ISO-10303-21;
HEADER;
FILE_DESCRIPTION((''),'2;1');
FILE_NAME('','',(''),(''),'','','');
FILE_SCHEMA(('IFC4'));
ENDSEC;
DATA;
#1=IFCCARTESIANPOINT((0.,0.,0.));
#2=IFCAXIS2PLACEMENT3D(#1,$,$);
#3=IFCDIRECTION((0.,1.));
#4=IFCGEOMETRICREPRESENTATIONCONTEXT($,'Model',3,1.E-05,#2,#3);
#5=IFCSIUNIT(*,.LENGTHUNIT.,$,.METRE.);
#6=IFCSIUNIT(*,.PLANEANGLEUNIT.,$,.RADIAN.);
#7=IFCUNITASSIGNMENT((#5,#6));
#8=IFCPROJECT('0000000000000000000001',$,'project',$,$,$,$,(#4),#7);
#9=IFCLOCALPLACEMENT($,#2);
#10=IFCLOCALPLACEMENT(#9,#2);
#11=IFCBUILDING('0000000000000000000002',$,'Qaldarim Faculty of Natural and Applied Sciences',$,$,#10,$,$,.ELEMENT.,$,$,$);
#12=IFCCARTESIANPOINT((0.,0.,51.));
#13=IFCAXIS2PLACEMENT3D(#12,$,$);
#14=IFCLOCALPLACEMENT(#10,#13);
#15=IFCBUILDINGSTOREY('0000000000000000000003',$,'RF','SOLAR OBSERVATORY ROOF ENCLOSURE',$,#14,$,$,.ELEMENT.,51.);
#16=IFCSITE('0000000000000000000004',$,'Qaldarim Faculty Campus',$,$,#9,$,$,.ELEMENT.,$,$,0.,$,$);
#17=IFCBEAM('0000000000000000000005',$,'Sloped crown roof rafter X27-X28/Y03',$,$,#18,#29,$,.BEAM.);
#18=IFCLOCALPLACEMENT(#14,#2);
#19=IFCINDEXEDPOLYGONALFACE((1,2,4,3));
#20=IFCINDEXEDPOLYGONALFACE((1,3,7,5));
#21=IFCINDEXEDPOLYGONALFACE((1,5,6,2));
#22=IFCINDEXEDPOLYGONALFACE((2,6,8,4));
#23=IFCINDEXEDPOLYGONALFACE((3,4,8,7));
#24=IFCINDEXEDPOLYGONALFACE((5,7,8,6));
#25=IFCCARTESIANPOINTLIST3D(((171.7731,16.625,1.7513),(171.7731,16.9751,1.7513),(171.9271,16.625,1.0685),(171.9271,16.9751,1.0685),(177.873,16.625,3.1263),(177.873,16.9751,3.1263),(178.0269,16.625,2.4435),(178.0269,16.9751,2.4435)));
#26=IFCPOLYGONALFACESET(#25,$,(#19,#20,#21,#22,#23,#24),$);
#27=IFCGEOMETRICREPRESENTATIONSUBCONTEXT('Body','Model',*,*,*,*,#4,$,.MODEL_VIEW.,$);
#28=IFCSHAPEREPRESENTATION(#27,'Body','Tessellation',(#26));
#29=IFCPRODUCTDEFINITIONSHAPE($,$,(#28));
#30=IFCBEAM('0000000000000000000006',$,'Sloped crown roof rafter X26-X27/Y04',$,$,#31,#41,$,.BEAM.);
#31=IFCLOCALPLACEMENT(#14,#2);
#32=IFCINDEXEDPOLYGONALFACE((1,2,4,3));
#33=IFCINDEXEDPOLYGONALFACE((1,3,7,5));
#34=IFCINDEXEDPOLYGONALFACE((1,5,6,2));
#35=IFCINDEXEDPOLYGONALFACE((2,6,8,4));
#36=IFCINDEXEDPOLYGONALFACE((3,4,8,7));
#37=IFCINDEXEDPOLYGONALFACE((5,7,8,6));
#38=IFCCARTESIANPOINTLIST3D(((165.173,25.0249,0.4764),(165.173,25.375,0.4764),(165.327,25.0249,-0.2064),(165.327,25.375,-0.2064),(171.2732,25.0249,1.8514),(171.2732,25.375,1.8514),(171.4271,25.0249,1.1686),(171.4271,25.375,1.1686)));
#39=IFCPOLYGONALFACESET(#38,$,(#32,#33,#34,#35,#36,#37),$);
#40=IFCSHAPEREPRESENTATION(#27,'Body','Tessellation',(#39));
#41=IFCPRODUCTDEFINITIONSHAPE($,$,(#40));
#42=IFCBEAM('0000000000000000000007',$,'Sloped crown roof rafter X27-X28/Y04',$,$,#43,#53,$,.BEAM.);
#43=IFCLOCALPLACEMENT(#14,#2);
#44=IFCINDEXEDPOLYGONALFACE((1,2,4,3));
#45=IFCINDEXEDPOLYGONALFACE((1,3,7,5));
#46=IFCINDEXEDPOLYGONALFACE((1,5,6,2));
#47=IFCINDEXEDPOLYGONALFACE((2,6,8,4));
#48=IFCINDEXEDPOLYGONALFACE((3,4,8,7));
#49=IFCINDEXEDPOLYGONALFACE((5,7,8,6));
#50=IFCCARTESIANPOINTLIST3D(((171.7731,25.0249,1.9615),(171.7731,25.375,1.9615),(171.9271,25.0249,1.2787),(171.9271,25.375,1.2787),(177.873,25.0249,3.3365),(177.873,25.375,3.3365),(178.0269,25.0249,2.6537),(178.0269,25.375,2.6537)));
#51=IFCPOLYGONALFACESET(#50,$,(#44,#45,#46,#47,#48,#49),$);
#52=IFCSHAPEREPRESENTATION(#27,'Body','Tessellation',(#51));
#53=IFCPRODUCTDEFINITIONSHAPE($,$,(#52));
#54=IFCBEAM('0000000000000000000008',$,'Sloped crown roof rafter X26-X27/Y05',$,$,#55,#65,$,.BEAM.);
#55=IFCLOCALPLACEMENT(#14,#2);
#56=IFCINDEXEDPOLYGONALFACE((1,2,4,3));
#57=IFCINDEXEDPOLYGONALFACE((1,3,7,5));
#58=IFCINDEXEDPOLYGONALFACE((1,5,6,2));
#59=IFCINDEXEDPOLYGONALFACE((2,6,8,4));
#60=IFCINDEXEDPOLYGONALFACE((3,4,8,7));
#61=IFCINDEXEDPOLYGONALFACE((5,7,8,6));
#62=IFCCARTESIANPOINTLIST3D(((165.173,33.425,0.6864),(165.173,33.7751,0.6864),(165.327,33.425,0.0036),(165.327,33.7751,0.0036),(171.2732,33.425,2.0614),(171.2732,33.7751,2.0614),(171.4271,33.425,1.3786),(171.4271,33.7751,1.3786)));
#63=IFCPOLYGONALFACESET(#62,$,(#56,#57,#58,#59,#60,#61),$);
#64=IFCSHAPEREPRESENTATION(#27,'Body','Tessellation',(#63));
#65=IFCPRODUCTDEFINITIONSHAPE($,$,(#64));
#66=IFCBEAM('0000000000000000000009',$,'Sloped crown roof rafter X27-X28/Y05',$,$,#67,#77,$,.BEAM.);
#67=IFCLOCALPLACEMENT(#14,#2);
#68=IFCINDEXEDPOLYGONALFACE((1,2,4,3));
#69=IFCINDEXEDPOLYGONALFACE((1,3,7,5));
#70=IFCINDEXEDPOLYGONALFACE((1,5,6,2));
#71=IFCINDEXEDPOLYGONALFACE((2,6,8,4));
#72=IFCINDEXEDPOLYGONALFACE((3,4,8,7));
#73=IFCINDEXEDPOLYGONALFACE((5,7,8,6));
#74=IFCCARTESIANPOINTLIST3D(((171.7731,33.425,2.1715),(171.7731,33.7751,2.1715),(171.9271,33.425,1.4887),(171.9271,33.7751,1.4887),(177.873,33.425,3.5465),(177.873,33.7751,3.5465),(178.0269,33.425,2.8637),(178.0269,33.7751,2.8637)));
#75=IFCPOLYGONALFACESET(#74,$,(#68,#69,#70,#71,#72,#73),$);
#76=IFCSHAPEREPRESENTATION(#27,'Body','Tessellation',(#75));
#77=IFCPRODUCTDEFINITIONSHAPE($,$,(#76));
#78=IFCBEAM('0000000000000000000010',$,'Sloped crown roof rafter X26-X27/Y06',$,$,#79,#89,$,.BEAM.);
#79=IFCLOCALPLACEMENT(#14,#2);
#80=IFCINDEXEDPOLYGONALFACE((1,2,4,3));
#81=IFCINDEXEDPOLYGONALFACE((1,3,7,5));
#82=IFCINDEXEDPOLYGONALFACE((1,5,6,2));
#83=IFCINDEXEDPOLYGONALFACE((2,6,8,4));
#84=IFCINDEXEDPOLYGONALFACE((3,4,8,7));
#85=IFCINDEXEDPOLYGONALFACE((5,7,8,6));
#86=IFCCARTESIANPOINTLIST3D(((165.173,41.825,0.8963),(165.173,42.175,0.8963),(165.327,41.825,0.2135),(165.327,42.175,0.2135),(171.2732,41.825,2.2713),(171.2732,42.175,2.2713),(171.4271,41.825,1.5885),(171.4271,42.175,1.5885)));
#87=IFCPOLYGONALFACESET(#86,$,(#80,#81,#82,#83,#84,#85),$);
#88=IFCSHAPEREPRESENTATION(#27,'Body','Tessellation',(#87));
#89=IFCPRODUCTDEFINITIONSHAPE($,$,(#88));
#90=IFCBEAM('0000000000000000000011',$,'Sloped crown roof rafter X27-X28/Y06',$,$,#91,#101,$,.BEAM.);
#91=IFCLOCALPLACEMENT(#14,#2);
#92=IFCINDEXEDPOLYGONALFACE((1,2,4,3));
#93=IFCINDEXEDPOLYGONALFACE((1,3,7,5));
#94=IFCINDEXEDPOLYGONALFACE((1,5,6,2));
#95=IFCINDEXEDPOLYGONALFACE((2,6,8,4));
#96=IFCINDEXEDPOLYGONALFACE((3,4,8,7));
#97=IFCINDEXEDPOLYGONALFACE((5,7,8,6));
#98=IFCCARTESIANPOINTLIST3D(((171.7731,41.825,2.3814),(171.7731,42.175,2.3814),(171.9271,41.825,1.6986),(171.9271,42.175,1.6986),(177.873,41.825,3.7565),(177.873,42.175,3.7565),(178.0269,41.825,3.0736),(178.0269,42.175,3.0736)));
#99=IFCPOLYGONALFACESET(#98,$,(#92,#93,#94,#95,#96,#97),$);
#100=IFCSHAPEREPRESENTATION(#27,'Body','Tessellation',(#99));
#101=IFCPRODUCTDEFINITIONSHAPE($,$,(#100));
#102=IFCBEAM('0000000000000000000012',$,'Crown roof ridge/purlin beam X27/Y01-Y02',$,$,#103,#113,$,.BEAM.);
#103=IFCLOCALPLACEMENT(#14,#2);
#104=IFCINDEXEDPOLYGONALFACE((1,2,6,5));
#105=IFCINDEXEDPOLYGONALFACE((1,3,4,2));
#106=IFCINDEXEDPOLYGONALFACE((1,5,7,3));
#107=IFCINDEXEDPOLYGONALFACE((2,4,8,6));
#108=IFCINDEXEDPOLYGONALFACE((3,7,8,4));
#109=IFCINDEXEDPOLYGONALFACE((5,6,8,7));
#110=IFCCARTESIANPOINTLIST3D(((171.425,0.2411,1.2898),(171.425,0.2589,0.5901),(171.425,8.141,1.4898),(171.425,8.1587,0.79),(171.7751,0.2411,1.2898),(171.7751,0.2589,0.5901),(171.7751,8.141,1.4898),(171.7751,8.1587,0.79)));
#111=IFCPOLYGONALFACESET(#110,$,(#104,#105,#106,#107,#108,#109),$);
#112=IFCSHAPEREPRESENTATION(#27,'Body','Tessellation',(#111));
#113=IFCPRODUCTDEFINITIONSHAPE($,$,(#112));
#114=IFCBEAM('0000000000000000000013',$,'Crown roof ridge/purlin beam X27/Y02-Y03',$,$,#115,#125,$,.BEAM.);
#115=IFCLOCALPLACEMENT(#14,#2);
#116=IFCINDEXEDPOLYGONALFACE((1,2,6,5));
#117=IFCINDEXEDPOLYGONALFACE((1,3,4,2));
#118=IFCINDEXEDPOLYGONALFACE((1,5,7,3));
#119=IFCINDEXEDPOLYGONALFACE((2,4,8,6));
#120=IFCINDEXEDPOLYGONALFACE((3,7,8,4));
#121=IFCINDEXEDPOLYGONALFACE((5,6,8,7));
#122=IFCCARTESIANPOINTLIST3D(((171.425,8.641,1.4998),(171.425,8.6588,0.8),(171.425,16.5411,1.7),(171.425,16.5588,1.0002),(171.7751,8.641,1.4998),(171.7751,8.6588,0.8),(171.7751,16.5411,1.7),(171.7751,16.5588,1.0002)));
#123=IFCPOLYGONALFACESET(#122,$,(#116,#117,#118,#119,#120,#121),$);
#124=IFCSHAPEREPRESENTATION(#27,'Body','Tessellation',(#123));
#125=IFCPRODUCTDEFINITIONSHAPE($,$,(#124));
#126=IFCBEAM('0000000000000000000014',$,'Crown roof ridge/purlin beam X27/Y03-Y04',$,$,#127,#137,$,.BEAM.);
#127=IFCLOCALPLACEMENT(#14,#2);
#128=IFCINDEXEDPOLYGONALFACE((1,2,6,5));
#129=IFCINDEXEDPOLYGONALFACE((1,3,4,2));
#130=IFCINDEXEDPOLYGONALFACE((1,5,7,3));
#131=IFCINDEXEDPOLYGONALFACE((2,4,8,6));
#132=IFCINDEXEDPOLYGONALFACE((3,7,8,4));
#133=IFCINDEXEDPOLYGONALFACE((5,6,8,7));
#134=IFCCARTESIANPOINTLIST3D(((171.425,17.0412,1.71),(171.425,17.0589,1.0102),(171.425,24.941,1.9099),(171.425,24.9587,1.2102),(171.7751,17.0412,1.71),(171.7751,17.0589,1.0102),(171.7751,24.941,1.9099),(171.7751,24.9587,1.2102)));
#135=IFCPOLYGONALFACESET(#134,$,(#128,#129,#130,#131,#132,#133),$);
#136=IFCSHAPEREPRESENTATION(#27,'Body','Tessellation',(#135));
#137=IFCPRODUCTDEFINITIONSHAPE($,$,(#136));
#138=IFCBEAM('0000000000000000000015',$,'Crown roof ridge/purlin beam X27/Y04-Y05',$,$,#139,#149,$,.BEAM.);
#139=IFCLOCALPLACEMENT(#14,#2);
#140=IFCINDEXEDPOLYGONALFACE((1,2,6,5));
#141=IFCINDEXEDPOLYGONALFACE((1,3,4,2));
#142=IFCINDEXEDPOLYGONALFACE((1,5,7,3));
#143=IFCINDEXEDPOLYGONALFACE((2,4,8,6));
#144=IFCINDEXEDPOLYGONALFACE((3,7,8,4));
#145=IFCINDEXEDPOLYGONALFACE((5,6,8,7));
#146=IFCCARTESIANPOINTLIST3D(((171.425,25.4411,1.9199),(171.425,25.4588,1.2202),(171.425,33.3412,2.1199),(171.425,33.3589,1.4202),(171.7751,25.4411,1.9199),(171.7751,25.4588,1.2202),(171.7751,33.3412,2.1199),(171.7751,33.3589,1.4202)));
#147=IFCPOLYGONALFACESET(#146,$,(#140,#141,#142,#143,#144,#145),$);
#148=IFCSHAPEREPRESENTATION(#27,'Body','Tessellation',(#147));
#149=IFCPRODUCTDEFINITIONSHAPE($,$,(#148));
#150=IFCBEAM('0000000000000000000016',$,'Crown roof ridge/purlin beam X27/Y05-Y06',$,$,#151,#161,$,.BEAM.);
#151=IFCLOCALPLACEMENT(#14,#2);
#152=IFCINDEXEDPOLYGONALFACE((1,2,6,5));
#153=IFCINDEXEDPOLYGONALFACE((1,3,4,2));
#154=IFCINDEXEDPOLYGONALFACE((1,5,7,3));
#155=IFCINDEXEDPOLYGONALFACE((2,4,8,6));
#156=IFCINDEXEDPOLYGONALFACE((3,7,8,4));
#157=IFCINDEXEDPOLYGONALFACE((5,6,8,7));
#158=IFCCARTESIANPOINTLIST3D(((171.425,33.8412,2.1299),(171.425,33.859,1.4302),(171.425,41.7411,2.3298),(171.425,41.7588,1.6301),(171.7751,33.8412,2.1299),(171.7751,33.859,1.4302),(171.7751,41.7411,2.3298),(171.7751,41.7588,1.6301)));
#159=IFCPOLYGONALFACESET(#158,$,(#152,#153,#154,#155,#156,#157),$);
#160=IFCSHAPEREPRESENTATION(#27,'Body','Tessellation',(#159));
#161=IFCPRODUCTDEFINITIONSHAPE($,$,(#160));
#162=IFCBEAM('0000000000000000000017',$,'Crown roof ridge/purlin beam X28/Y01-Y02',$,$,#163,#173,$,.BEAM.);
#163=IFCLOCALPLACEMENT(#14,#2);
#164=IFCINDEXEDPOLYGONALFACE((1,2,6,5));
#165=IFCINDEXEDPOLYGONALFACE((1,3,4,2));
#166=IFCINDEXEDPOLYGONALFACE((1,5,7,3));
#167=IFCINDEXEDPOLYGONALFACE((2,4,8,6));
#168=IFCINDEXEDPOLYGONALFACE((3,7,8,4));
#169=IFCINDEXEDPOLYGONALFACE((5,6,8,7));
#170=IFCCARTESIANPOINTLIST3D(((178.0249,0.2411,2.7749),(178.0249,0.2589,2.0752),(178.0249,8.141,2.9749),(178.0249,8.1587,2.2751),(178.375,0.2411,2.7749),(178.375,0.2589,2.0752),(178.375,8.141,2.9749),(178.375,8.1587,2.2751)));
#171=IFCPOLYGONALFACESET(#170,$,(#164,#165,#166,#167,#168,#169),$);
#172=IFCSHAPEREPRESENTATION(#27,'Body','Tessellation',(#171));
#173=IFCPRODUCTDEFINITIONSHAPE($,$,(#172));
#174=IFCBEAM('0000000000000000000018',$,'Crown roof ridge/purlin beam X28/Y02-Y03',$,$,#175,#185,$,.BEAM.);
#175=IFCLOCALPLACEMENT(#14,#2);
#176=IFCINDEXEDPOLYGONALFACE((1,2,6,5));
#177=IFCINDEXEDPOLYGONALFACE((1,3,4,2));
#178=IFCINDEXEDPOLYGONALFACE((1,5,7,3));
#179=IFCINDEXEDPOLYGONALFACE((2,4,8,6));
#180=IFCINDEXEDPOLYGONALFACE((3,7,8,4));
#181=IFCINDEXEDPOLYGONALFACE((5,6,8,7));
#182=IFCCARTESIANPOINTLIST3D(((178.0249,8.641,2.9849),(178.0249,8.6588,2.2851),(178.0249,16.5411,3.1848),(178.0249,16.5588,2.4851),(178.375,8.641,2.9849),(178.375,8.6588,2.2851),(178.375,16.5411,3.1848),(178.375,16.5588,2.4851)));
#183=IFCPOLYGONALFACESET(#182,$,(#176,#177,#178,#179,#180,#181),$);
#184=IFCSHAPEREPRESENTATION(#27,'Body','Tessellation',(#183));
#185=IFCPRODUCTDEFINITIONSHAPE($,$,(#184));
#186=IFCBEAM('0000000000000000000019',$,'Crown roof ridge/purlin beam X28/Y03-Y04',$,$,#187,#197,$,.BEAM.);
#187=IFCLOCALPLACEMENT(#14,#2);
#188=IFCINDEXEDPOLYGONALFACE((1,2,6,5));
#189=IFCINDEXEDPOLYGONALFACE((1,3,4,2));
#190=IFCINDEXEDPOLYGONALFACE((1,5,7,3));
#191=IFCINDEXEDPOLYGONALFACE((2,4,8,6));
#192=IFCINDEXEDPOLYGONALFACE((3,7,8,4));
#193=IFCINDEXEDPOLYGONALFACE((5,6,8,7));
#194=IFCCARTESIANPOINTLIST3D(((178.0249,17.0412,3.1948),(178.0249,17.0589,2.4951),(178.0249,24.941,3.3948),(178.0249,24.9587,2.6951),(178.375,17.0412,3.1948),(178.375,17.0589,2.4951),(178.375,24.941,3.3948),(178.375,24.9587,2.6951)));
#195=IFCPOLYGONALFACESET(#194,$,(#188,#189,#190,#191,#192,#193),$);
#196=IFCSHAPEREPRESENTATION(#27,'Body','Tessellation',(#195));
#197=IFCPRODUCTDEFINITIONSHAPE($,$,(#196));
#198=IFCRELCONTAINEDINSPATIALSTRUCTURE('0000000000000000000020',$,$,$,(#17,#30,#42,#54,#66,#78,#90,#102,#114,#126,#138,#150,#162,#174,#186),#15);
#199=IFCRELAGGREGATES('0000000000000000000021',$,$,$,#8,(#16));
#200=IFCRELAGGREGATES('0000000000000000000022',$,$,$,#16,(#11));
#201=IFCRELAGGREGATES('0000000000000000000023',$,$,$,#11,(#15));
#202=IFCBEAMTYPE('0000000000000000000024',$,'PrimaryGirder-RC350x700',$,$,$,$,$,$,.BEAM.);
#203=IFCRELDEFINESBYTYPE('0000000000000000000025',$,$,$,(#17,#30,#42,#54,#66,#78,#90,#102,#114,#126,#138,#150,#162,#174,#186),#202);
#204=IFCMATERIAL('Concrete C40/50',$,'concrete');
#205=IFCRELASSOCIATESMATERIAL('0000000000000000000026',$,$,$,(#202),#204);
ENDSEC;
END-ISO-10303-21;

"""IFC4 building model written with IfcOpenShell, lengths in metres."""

from ifc_helpers import new_model, si_unit, direction, frame, origin, origin_2d, place, context, subcontext, project, spatial, rectangle, extrude, material, material_profile, profile_set, type_object, element, save


model = new_model("IFC4")

# Units and contexts
model_context = context("Model", 3, precision=1e-05, world=origin(), true_north=direction((0.0, 1.0)))
body_context = subcontext(model_context, "Body", "Model", "MODEL_VIEW")
ifc_project = project(units=[si_unit("LENGTHUNIT", "METRE"), si_unit("PLANEANGLEUNIT", "RADIAN")], contexts=[model_context])

# Site, building, storey
site_placement = place(None, origin())
site = spatial("IfcSite", under=ifc_project, at=site_placement, Name="Qaldarim Faculty Campus", CompositionType="ELEMENT", RefElevation=0.0)
building_placement = place(site_placement, origin())
building = spatial("IfcBuilding", under=site, at=building_placement, Name="Qaldarim Faculty of Natural and Applied Sciences", CompositionType="ELEMENT")
storey_placement = place(building_placement, frame((0.0, 0.0, 51.0)))
storey = spatial("IfcBuildingStorey", under=building, at=storey_placement, Name="RF", Description="SOLAR OBSERVATORY ROOF ENCLOSURE", CompositionType="ELEMENT", Elevation=51.0)

# Beams
ifc_material_1 = material(Name="Concrete C40/50", Category="concrete")
ifc_material_profile_1 = material_profile(ifc_material_1, rectangle(XDim=0.3501, YDim=0.7, at=origin_2d()), Name="RC-B350x700")
ifc_profile_set_1 = profile_set([ifc_material_profile_1], Name="Concrete C40/50")
beam_type = type_object("IfcBeamType", Name="PrimaryGirder-RC350x700", PredefinedType="BEAM", material=ifc_profile_set_1)
beam_1_placement = place(storey_placement, frame((171.8501, 16.8, 1.4099), z_axis=(0.975523, 0.0, 0.219898), x_axis=(0.0, 1.0, 0.0)))
element("IfcBeam", 1, at=beam_1_placement, inside=storey, type_object=beam_type, Name="Sloped crown roof rafter X27-X28/Y03", PredefinedType="BEAM", context=body_context, shape_type="SweptSolid", body=[
    extrude(rectangle(XDim=0.3501, YDim=0.7, at=origin_2d()), origin(), (0.0, 0.0, 1.0), 6.2529),
])
beam_2_placement = place(storey_placement, frame((165.25, 25.2, 0.135), z_axis=(0.975525, 0.0, 0.219889), x_axis=(0.0, 1.0, 0.0)))
element("IfcBeam", 2, at=beam_2_placement, inside=storey, type_object=beam_type, Name="Sloped crown roof rafter X26-X27/Y04", PredefinedType="BEAM", context=body_context, shape_type="SweptSolid", body=[
    extrude(rectangle(XDim=0.3501, YDim=0.7, at=origin_2d()), origin(), (0.0, 0.0, 1.0), 6.2532),
])
beam_3_placement = place(storey_placement, frame((171.8501, 25.2, 1.6201), z_axis=(0.975523, 0.0, 0.219898), x_axis=(0.0, 1.0, 0.0)))
element("IfcBeam", 3, at=beam_3_placement, inside=storey, type_object=beam_type, Name="Sloped crown roof rafter X27-X28/Y04", PredefinedType="BEAM", context=body_context, shape_type="SweptSolid", body=[
    extrude(rectangle(XDim=0.3501, YDim=0.7, at=origin_2d()), origin(), (0.0, 0.0, 1.0), 6.2529),
])
beam_4_placement = place(storey_placement, frame((165.25, 33.6001, 0.345), z_axis=(0.975525, 0.0, 0.219889), x_axis=(0.0, 1.0, 0.0)))
element("IfcBeam", 4, at=beam_4_placement, inside=storey, type_object=beam_type, Name="Sloped crown roof rafter X26-X27/Y05", PredefinedType="BEAM", context=body_context, shape_type="SweptSolid", body=[
    extrude(rectangle(XDim=0.3501, YDim=0.7, at=origin_2d()), origin(), (0.0, 0.0, 1.0), 6.2532),
])
beam_5_placement = place(storey_placement, frame((171.8501, 33.6001, 1.8301), z_axis=(0.975523, 0.0, 0.219898), x_axis=(0.0, 1.0, 0.0)))
element("IfcBeam", 5, at=beam_5_placement, inside=storey, type_object=beam_type, Name="Sloped crown roof rafter X27-X28/Y05", PredefinedType="BEAM", context=body_context, shape_type="SweptSolid", body=[
    extrude(rectangle(XDim=0.3501, YDim=0.7, at=origin_2d()), origin(), (0.0, 0.0, 1.0), 6.2529),
])
beam_6_placement = place(storey_placement, frame((165.25, 42.0, 0.5549), z_axis=(0.975525, 0.0, 0.219889), x_axis=(0.0, 1.0, 0.0)))
element("IfcBeam", 6, at=beam_6_placement, inside=storey, type_object=beam_type, Name="Sloped crown roof rafter X26-X27/Y06", PredefinedType="BEAM", context=body_context, shape_type="SweptSolid", body=[
    extrude(rectangle(XDim=0.3501, YDim=0.7, at=origin_2d()), origin(), (0.0, 0.0, 1.0), 6.2532),
])
beam_7_placement = place(storey_placement, frame((171.8501, 42.0, 2.04), z_axis=(0.975523, 0.0, 0.219898), x_axis=(0.0, 1.0, 0.0)))
element("IfcBeam", 7, at=beam_7_placement, inside=storey, type_object=beam_type, Name="Sloped crown roof rafter X27-X28/Y06", PredefinedType="BEAM", context=body_context, shape_type="SweptSolid", body=[
    extrude(rectangle(XDim=0.3501, YDim=0.7, at=origin_2d()), origin(), (0.0, 0.0, 1.0), 6.2529),
])
beam_8_placement = place(storey_placement, frame((171.6001, 0.25, 0.9399), z_axis=(0.0, 0.99968, 0.025302), x_axis=(-1.0, 0.0, 0.0)))
element("IfcBeam", 8, at=beam_8_placement, inside=storey, type_object=beam_type, Name="Crown roof ridge/purlin beam X27/Y01-Y02", PredefinedType="BEAM", context=body_context, shape_type="SweptSolid", body=[
    extrude(rectangle(XDim=0.3501, YDim=0.7, at=origin_2d()), origin(), (0.0, 0.0, 1.0), 7.9023),
])
beam_9_placement = place(storey_placement, frame((171.6001, 8.6499, 1.1499), z_axis=(0.0, 0.999679, 0.025333), x_axis=(-1.0, 0.0, 0.0)))
element("IfcBeam", 9, at=beam_9_placement, inside=storey, type_object=beam_type, Name="Crown roof ridge/purlin beam X27/Y02-Y03", PredefinedType="BEAM", context=body_context, shape_type="SweptSolid", body=[
    extrude(rectangle(XDim=0.3501, YDim=0.7, at=origin_2d()), origin(), (0.0, 0.0, 1.0), 7.9026),
])
beam_10_placement = place(storey_placement, frame((171.6001, 17.05, 1.3601), z_axis=(0.0, 0.99968, 0.025302), x_axis=(-1.0, 0.0, 0.0)))
element("IfcBeam", 10, at=beam_10_placement, inside=storey, type_object=beam_type, Name="Crown roof ridge/purlin beam X27/Y03-Y04", PredefinedType="BEAM", context=body_context, shape_type="SweptSolid", body=[
    extrude(rectangle(XDim=0.3501, YDim=0.7, at=origin_2d()), origin(), (0.0, 0.0, 1.0), 7.9023),
])
beam_11_placement = place(storey_placement, frame((171.6001, 25.45, 1.5701), z_axis=(0.0, 0.99968, 0.025302), x_axis=(-1.0, 0.0, 0.0)))
element("IfcBeam", 11, at=beam_11_placement, inside=storey, type_object=beam_type, Name="Crown roof ridge/purlin beam X27/Y04-Y05", PredefinedType="BEAM", context=body_context, shape_type="SweptSolid", body=[
    extrude(rectangle(XDim=0.3501, YDim=0.7, at=origin_2d()), origin(), (0.0, 0.0, 1.0), 7.9026),
])
for number, where, z_axis, x_axis, name in (
    (12, (171.6001, 33.8501, 1.78), (0.0, 0.99968, 0.025302), (-1.0, 0.0, 0.0), "Crown roof ridge/purlin beam X27/Y05-Y06"),
    (13, (178.2, 0.25, 2.425), (0.0, 0.99968, 0.025302), (-1.0, 0.0, 0.0), "Crown roof ridge/purlin beam X28/Y01-Y02"),
):
    element("IfcBeam", number, at=place(storey_placement, frame(where, z_axis=z_axis, x_axis=x_axis)), inside=storey, type_object=beam_type, Name=name, PredefinedType="BEAM", context=body_context, shape_type="SweptSolid", body=[
        extrude(rectangle(XDim=0.3501, YDim=0.7, at=origin_2d()), origin(), (0.0, 0.0, 1.0), 7.9023),
    ])
beam_12_placement = place(storey_placement, frame((178.2, 8.6499, 2.635), z_axis=(0.0, 0.99968, 0.025302), x_axis=(-1.0, 0.0, 0.0)))
element("IfcBeam", 14, at=beam_12_placement, inside=storey, type_object=beam_type, Name="Crown roof ridge/purlin beam X28/Y02-Y03", PredefinedType="BEAM", context=body_context, shape_type="SweptSolid", body=[
    extrude(rectangle(XDim=0.3501, YDim=0.7, at=origin_2d()), origin(), (0.0, 0.0, 1.0), 7.9026),
])
beam_13_placement = place(storey_placement, frame((178.2, 17.05, 2.845), z_axis=(0.0, 0.99968, 0.025302), x_axis=(-1.0, 0.0, 0.0)))
element("IfcBeam", 15, at=beam_13_placement, inside=storey, type_object=beam_type, Name="Crown roof ridge/purlin beam X28/Y03-Y04", PredefinedType="BEAM", context=body_context, shape_type="SweptSolid", body=[
    extrude(rectangle(XDim=0.3501, YDim=0.7, at=origin_2d()), origin(), (0.0, 0.0, 1.0), 7.9023),
])

save(model, "model.ifc")
